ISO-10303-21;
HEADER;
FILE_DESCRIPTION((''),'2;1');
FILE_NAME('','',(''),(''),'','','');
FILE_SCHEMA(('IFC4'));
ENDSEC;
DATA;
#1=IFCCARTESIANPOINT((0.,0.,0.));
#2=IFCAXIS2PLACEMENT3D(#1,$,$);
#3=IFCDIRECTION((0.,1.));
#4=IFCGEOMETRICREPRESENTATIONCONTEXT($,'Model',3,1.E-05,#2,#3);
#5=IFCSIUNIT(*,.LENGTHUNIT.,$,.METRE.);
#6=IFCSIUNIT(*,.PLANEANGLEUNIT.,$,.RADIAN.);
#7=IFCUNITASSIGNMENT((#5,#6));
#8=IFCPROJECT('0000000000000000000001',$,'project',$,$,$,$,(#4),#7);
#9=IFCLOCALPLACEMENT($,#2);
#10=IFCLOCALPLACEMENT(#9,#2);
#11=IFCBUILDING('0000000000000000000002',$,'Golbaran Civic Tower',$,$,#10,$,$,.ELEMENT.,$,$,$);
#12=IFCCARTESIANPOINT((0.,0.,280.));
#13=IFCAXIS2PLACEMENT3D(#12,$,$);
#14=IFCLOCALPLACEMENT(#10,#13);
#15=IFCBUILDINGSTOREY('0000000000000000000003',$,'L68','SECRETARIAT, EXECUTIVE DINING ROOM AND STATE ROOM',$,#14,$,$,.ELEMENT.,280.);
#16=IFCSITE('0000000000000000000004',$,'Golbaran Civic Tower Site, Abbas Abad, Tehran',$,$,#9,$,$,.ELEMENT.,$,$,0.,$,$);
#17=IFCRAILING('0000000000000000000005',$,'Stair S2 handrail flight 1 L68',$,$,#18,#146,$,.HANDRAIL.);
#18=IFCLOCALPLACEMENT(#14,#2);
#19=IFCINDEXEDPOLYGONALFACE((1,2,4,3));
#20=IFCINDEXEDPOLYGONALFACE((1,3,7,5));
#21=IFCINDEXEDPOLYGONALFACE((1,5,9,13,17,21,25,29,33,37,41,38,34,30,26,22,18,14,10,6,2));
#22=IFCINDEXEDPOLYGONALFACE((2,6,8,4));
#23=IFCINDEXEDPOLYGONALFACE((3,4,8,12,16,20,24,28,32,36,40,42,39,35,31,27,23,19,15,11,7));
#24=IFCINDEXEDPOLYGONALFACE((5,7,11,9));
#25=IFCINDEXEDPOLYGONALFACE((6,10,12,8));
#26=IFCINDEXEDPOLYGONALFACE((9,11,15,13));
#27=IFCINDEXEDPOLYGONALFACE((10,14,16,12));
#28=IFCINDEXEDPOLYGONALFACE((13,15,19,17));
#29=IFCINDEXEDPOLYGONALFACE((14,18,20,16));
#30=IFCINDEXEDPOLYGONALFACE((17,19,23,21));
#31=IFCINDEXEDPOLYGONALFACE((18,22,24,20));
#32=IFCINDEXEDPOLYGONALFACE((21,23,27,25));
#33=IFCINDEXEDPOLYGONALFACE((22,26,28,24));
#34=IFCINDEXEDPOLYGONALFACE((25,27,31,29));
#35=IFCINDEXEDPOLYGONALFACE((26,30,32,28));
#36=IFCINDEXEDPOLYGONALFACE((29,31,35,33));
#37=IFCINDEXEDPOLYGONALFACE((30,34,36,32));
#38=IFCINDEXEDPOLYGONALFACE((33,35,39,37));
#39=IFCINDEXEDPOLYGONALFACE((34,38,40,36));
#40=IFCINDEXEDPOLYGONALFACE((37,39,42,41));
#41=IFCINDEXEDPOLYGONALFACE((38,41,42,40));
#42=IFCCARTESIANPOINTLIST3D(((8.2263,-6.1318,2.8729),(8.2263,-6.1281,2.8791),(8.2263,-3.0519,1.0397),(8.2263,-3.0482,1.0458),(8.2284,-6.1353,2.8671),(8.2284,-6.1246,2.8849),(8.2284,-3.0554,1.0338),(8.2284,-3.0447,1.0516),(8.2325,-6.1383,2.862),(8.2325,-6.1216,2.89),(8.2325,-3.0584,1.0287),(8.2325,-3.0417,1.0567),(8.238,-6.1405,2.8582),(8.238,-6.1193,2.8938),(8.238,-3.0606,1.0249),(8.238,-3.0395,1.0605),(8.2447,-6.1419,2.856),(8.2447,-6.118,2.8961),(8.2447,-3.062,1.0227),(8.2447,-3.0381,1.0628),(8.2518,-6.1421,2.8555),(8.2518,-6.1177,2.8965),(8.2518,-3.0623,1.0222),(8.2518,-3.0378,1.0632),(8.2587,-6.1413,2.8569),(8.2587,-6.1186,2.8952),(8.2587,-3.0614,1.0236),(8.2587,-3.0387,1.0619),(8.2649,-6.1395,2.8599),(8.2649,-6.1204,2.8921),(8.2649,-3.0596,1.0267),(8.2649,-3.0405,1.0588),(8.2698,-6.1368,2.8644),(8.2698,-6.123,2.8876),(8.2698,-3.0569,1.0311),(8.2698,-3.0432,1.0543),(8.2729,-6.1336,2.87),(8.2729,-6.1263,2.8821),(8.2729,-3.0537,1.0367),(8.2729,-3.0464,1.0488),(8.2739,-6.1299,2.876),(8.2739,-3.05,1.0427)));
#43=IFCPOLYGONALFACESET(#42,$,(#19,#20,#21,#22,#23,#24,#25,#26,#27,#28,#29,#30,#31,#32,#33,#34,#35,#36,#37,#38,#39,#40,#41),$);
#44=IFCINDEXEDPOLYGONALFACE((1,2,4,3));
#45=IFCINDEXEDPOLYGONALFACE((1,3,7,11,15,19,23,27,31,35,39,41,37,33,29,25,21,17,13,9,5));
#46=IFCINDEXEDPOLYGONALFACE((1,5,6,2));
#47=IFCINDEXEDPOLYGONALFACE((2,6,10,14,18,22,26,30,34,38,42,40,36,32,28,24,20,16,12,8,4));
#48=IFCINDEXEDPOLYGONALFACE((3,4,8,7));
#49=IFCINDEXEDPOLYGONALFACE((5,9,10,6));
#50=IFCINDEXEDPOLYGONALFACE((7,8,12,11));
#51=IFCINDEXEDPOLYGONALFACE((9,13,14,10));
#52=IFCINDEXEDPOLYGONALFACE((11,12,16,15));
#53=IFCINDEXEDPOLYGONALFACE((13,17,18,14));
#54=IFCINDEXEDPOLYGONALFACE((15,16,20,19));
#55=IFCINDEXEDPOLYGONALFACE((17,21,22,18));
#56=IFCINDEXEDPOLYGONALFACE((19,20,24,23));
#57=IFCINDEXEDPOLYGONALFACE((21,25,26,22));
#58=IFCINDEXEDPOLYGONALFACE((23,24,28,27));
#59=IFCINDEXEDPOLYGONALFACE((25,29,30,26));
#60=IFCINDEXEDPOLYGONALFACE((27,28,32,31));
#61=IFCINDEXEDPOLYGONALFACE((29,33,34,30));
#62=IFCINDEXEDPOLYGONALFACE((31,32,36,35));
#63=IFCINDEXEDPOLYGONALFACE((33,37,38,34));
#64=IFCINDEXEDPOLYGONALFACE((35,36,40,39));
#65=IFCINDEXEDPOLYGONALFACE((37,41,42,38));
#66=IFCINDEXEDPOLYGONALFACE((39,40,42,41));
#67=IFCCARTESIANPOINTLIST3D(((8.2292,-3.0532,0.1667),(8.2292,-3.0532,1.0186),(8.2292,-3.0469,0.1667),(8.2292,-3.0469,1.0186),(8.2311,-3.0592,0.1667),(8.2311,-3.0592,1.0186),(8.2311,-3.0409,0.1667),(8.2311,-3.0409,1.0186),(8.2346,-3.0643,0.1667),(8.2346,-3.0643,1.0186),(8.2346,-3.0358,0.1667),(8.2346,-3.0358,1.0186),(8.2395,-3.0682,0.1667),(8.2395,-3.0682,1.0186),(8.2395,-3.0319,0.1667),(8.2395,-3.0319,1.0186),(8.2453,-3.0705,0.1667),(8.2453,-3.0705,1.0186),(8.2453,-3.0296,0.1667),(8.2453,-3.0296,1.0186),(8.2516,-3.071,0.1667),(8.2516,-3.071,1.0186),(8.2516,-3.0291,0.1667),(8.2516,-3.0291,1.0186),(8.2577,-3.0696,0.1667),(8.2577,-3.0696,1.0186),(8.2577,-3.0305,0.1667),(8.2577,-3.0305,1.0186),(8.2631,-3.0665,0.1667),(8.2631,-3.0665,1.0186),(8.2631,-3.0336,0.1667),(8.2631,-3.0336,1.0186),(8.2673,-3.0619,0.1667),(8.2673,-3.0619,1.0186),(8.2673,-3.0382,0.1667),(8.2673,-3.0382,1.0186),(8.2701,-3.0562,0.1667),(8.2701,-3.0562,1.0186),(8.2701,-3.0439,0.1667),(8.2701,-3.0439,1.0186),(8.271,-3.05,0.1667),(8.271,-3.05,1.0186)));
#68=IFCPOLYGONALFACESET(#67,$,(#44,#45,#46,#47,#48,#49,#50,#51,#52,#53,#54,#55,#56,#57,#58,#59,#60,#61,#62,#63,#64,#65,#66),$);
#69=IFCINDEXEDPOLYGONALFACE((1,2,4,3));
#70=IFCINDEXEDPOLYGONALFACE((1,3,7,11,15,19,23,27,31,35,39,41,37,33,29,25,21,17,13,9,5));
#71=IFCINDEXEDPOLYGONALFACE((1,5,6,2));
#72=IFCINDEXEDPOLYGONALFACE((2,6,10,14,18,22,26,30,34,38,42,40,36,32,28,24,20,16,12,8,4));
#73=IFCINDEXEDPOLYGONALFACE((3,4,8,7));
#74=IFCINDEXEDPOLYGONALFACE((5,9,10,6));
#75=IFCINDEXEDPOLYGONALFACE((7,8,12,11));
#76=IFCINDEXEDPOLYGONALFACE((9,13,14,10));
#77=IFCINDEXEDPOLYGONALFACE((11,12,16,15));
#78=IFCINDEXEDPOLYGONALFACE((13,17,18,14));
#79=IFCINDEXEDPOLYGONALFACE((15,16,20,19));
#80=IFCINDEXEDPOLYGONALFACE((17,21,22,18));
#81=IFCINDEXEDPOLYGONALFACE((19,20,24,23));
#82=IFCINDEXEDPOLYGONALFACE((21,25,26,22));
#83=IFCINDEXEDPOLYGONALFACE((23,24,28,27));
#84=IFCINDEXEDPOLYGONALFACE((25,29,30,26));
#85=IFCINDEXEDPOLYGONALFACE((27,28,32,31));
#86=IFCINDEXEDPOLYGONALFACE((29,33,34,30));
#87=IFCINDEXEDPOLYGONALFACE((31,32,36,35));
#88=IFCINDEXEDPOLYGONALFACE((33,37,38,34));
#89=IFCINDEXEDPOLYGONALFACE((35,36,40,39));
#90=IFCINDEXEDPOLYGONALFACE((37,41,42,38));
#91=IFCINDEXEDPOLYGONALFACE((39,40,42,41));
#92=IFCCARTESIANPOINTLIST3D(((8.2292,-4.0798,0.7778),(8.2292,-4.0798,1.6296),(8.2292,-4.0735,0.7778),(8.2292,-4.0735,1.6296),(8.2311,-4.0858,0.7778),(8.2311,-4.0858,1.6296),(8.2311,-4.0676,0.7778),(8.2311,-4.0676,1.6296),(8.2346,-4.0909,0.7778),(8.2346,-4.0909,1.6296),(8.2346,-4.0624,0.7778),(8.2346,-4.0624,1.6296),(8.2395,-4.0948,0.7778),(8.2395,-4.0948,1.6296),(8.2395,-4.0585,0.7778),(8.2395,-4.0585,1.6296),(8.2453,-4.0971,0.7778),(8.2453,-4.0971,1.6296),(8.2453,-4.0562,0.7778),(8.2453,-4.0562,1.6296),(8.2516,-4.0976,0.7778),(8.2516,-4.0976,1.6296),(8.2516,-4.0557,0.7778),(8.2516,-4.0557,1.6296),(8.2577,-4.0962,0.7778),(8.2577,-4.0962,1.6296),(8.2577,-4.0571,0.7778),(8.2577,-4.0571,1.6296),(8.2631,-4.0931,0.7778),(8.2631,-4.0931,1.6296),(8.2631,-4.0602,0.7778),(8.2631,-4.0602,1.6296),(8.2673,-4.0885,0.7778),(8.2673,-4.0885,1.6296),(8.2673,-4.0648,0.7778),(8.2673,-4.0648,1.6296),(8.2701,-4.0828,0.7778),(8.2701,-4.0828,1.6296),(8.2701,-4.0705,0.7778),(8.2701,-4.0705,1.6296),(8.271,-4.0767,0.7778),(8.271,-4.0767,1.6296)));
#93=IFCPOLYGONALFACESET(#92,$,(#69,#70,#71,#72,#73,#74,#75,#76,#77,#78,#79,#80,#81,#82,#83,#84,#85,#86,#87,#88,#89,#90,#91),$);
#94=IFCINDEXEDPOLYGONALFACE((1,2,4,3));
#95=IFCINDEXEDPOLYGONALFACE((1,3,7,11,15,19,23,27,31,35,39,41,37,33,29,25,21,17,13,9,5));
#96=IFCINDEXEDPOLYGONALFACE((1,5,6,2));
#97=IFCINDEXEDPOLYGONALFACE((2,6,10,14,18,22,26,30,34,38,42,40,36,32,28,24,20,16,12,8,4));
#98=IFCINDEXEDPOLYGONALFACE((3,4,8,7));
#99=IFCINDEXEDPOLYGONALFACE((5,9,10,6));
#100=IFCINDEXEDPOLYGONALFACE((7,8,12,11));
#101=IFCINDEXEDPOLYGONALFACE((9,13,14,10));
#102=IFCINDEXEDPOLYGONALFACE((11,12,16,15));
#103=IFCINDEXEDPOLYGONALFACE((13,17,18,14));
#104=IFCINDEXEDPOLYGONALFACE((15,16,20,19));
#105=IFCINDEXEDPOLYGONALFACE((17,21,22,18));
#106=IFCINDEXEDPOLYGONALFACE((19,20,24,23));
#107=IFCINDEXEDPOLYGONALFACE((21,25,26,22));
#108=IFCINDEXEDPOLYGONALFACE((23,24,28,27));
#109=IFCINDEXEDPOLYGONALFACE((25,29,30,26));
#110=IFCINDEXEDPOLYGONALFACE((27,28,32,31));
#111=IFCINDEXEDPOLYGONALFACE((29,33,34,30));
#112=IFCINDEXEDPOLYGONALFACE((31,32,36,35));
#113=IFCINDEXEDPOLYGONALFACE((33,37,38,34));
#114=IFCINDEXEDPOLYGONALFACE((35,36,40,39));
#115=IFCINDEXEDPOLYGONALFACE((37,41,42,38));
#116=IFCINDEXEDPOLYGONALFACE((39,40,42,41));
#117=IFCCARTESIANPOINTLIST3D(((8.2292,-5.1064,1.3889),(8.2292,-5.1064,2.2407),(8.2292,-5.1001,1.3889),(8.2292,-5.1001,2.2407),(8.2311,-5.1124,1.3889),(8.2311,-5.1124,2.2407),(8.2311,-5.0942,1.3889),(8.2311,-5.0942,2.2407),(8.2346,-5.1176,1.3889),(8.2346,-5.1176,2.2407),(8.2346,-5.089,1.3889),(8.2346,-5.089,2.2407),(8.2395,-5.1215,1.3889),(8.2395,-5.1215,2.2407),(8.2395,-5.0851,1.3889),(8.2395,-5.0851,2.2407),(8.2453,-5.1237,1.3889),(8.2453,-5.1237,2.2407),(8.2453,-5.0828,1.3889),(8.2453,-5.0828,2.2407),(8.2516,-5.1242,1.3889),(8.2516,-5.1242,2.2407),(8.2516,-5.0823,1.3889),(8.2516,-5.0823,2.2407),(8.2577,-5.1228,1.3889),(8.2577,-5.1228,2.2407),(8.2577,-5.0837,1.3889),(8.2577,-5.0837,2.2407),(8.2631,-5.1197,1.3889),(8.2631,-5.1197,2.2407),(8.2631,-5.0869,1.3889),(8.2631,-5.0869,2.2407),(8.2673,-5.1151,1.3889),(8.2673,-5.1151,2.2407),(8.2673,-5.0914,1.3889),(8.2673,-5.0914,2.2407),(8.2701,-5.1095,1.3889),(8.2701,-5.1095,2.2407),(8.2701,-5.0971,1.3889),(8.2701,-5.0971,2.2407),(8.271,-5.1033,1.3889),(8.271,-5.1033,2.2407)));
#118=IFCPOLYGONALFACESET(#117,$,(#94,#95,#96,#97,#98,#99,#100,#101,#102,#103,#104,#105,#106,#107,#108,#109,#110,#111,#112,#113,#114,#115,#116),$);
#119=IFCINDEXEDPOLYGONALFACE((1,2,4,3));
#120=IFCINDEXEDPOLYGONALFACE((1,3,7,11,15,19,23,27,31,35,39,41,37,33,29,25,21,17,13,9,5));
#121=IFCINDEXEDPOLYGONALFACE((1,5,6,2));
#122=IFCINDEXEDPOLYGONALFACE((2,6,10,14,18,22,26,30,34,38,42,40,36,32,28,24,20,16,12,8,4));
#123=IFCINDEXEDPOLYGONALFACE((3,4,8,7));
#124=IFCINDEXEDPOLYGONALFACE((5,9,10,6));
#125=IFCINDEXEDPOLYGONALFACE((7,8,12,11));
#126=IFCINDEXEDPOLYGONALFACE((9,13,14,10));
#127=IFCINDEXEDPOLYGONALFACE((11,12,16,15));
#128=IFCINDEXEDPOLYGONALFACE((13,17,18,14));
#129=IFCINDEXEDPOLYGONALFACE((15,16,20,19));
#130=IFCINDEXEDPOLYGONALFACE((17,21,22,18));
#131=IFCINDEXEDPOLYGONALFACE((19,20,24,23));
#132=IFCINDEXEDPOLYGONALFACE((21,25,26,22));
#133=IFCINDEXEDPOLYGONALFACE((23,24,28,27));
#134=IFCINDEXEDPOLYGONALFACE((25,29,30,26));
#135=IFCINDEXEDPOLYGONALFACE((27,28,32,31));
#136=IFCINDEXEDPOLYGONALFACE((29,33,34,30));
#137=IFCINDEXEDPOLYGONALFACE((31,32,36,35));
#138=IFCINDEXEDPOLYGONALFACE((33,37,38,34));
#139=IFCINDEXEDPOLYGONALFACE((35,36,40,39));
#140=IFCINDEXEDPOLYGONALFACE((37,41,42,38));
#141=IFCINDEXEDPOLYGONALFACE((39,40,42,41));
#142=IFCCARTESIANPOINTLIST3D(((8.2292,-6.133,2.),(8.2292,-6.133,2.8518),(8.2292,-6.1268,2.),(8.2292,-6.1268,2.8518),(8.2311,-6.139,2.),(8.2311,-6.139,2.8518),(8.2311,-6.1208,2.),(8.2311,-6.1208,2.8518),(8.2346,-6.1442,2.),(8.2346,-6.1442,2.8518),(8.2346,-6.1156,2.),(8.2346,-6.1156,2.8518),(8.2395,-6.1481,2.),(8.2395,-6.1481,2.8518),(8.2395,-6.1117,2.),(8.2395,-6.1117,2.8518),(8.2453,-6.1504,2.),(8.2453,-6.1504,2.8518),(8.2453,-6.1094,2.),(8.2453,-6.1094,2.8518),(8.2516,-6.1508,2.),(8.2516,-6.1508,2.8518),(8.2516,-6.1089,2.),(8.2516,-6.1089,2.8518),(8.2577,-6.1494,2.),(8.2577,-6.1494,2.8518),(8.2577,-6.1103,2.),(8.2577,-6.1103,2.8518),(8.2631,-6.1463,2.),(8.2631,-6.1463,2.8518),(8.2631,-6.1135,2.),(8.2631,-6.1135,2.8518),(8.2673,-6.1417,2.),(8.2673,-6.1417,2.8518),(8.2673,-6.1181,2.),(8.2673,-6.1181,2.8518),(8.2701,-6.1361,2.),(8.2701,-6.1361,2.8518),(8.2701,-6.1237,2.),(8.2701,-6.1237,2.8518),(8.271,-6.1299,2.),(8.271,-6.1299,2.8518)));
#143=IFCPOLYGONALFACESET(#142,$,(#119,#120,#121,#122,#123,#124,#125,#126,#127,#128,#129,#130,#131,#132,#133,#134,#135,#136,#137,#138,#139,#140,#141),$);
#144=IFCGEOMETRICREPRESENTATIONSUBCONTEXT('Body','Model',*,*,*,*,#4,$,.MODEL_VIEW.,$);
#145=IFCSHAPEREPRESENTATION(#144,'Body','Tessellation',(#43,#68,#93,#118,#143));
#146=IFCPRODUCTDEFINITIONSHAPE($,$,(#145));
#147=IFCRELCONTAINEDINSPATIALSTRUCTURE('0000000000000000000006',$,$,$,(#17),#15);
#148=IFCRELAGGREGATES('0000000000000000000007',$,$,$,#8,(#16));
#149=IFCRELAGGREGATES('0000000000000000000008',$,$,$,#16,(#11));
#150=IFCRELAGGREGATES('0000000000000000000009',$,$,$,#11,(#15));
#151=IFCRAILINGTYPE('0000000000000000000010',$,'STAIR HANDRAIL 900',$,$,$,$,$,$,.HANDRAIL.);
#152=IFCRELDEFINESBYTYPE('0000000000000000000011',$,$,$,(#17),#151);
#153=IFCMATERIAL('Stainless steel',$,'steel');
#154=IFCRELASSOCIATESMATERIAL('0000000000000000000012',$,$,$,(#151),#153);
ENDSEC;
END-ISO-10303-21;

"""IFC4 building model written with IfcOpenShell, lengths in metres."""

from ifc_helpers import new_model, si_unit, direction, frame, origin, origin_2d, place, context, subcontext, project, spatial, circle, extrude, material, type_object, element, save


model = new_model("IFC4")

# Units and contexts
model_context = context("Model", 3, precision=1e-05, world=origin(), true_north=direction((0.0, 1.0)))
body_context = subcontext(model_context, "Body", "Model", "MODEL_VIEW")
ifc_project = project(units=[si_unit("LENGTHUNIT", "METRE"), si_unit("PLANEANGLEUNIT", "RADIAN")], contexts=[model_context])

# Site, building, storey
site_placement = place(None, origin())
site = spatial("IfcSite", under=ifc_project, at=site_placement, Name="Golbaran Civic Tower Site, Abbas Abad, Tehran", CompositionType="ELEMENT", RefElevation=0.0)
building_placement = place(site_placement, origin())
building = spatial("IfcBuilding", under=site, at=building_placement, Name="Golbaran Civic Tower", CompositionType="ELEMENT")
storey_placement = place(building_placement, frame((0.0, 0.0, 280.0)))
storey = spatial("IfcBuildingStorey", under=building, at=storey_placement, Name="L68", Description="SECRETARIAT, EXECUTIVE DINING ROOM AND STATE ROOM", CompositionType="ELEMENT", Elevation=280.0)

# Shared definitions
ifc_material_1 = material(Name="Stainless steel", Category="steel")

# Railing
railing_type = type_object("IfcRailingType", Name="STAIR HANDRAIL 900", PredefinedType="HANDRAIL", material=ifc_material_1)
railing_1_placement = place(storey_placement, frame((8.25, -3.05, 0.1667)))
element("IfcRailing", 1, at=railing_1_placement, inside=storey, type_object=railing_type, Name="Stair S2 handrail flight 1 L68", PredefinedType="HANDRAIL", context=body_context, shape_type="SweptSolid", body=[
    extrude(circle(Radius=0.0239, at=origin_2d()), frame((0.0, 0.0, 0.876), z_axis=(0.0, -0.859291, 0.511487), x_axis=(1.0, 0.0, 0.0)), (0.0, 0.0, 1.0), 3.5842),
    extrude(circle(Radius=0.021, at=origin_2d()), origin(), (0.0, 0.0, 1.0), 0.8518),
    extrude(circle(Radius=0.021, at=origin_2d()), frame((0.0, -1.0266, 0.6111)), (0.0, 0.0, 1.0), 0.8518),
    extrude(circle(Radius=0.021, at=origin_2d()), frame((0.0, -2.0532, 1.2222)), (0.0, 0.0, 1.0), 0.8518),
    extrude(circle(Radius=0.021, at=origin_2d()), frame((0.0, -3.0798, 1.8333)), (0.0, 0.0, 1.0), 0.8518),
])

save(model, "model.ifc")
